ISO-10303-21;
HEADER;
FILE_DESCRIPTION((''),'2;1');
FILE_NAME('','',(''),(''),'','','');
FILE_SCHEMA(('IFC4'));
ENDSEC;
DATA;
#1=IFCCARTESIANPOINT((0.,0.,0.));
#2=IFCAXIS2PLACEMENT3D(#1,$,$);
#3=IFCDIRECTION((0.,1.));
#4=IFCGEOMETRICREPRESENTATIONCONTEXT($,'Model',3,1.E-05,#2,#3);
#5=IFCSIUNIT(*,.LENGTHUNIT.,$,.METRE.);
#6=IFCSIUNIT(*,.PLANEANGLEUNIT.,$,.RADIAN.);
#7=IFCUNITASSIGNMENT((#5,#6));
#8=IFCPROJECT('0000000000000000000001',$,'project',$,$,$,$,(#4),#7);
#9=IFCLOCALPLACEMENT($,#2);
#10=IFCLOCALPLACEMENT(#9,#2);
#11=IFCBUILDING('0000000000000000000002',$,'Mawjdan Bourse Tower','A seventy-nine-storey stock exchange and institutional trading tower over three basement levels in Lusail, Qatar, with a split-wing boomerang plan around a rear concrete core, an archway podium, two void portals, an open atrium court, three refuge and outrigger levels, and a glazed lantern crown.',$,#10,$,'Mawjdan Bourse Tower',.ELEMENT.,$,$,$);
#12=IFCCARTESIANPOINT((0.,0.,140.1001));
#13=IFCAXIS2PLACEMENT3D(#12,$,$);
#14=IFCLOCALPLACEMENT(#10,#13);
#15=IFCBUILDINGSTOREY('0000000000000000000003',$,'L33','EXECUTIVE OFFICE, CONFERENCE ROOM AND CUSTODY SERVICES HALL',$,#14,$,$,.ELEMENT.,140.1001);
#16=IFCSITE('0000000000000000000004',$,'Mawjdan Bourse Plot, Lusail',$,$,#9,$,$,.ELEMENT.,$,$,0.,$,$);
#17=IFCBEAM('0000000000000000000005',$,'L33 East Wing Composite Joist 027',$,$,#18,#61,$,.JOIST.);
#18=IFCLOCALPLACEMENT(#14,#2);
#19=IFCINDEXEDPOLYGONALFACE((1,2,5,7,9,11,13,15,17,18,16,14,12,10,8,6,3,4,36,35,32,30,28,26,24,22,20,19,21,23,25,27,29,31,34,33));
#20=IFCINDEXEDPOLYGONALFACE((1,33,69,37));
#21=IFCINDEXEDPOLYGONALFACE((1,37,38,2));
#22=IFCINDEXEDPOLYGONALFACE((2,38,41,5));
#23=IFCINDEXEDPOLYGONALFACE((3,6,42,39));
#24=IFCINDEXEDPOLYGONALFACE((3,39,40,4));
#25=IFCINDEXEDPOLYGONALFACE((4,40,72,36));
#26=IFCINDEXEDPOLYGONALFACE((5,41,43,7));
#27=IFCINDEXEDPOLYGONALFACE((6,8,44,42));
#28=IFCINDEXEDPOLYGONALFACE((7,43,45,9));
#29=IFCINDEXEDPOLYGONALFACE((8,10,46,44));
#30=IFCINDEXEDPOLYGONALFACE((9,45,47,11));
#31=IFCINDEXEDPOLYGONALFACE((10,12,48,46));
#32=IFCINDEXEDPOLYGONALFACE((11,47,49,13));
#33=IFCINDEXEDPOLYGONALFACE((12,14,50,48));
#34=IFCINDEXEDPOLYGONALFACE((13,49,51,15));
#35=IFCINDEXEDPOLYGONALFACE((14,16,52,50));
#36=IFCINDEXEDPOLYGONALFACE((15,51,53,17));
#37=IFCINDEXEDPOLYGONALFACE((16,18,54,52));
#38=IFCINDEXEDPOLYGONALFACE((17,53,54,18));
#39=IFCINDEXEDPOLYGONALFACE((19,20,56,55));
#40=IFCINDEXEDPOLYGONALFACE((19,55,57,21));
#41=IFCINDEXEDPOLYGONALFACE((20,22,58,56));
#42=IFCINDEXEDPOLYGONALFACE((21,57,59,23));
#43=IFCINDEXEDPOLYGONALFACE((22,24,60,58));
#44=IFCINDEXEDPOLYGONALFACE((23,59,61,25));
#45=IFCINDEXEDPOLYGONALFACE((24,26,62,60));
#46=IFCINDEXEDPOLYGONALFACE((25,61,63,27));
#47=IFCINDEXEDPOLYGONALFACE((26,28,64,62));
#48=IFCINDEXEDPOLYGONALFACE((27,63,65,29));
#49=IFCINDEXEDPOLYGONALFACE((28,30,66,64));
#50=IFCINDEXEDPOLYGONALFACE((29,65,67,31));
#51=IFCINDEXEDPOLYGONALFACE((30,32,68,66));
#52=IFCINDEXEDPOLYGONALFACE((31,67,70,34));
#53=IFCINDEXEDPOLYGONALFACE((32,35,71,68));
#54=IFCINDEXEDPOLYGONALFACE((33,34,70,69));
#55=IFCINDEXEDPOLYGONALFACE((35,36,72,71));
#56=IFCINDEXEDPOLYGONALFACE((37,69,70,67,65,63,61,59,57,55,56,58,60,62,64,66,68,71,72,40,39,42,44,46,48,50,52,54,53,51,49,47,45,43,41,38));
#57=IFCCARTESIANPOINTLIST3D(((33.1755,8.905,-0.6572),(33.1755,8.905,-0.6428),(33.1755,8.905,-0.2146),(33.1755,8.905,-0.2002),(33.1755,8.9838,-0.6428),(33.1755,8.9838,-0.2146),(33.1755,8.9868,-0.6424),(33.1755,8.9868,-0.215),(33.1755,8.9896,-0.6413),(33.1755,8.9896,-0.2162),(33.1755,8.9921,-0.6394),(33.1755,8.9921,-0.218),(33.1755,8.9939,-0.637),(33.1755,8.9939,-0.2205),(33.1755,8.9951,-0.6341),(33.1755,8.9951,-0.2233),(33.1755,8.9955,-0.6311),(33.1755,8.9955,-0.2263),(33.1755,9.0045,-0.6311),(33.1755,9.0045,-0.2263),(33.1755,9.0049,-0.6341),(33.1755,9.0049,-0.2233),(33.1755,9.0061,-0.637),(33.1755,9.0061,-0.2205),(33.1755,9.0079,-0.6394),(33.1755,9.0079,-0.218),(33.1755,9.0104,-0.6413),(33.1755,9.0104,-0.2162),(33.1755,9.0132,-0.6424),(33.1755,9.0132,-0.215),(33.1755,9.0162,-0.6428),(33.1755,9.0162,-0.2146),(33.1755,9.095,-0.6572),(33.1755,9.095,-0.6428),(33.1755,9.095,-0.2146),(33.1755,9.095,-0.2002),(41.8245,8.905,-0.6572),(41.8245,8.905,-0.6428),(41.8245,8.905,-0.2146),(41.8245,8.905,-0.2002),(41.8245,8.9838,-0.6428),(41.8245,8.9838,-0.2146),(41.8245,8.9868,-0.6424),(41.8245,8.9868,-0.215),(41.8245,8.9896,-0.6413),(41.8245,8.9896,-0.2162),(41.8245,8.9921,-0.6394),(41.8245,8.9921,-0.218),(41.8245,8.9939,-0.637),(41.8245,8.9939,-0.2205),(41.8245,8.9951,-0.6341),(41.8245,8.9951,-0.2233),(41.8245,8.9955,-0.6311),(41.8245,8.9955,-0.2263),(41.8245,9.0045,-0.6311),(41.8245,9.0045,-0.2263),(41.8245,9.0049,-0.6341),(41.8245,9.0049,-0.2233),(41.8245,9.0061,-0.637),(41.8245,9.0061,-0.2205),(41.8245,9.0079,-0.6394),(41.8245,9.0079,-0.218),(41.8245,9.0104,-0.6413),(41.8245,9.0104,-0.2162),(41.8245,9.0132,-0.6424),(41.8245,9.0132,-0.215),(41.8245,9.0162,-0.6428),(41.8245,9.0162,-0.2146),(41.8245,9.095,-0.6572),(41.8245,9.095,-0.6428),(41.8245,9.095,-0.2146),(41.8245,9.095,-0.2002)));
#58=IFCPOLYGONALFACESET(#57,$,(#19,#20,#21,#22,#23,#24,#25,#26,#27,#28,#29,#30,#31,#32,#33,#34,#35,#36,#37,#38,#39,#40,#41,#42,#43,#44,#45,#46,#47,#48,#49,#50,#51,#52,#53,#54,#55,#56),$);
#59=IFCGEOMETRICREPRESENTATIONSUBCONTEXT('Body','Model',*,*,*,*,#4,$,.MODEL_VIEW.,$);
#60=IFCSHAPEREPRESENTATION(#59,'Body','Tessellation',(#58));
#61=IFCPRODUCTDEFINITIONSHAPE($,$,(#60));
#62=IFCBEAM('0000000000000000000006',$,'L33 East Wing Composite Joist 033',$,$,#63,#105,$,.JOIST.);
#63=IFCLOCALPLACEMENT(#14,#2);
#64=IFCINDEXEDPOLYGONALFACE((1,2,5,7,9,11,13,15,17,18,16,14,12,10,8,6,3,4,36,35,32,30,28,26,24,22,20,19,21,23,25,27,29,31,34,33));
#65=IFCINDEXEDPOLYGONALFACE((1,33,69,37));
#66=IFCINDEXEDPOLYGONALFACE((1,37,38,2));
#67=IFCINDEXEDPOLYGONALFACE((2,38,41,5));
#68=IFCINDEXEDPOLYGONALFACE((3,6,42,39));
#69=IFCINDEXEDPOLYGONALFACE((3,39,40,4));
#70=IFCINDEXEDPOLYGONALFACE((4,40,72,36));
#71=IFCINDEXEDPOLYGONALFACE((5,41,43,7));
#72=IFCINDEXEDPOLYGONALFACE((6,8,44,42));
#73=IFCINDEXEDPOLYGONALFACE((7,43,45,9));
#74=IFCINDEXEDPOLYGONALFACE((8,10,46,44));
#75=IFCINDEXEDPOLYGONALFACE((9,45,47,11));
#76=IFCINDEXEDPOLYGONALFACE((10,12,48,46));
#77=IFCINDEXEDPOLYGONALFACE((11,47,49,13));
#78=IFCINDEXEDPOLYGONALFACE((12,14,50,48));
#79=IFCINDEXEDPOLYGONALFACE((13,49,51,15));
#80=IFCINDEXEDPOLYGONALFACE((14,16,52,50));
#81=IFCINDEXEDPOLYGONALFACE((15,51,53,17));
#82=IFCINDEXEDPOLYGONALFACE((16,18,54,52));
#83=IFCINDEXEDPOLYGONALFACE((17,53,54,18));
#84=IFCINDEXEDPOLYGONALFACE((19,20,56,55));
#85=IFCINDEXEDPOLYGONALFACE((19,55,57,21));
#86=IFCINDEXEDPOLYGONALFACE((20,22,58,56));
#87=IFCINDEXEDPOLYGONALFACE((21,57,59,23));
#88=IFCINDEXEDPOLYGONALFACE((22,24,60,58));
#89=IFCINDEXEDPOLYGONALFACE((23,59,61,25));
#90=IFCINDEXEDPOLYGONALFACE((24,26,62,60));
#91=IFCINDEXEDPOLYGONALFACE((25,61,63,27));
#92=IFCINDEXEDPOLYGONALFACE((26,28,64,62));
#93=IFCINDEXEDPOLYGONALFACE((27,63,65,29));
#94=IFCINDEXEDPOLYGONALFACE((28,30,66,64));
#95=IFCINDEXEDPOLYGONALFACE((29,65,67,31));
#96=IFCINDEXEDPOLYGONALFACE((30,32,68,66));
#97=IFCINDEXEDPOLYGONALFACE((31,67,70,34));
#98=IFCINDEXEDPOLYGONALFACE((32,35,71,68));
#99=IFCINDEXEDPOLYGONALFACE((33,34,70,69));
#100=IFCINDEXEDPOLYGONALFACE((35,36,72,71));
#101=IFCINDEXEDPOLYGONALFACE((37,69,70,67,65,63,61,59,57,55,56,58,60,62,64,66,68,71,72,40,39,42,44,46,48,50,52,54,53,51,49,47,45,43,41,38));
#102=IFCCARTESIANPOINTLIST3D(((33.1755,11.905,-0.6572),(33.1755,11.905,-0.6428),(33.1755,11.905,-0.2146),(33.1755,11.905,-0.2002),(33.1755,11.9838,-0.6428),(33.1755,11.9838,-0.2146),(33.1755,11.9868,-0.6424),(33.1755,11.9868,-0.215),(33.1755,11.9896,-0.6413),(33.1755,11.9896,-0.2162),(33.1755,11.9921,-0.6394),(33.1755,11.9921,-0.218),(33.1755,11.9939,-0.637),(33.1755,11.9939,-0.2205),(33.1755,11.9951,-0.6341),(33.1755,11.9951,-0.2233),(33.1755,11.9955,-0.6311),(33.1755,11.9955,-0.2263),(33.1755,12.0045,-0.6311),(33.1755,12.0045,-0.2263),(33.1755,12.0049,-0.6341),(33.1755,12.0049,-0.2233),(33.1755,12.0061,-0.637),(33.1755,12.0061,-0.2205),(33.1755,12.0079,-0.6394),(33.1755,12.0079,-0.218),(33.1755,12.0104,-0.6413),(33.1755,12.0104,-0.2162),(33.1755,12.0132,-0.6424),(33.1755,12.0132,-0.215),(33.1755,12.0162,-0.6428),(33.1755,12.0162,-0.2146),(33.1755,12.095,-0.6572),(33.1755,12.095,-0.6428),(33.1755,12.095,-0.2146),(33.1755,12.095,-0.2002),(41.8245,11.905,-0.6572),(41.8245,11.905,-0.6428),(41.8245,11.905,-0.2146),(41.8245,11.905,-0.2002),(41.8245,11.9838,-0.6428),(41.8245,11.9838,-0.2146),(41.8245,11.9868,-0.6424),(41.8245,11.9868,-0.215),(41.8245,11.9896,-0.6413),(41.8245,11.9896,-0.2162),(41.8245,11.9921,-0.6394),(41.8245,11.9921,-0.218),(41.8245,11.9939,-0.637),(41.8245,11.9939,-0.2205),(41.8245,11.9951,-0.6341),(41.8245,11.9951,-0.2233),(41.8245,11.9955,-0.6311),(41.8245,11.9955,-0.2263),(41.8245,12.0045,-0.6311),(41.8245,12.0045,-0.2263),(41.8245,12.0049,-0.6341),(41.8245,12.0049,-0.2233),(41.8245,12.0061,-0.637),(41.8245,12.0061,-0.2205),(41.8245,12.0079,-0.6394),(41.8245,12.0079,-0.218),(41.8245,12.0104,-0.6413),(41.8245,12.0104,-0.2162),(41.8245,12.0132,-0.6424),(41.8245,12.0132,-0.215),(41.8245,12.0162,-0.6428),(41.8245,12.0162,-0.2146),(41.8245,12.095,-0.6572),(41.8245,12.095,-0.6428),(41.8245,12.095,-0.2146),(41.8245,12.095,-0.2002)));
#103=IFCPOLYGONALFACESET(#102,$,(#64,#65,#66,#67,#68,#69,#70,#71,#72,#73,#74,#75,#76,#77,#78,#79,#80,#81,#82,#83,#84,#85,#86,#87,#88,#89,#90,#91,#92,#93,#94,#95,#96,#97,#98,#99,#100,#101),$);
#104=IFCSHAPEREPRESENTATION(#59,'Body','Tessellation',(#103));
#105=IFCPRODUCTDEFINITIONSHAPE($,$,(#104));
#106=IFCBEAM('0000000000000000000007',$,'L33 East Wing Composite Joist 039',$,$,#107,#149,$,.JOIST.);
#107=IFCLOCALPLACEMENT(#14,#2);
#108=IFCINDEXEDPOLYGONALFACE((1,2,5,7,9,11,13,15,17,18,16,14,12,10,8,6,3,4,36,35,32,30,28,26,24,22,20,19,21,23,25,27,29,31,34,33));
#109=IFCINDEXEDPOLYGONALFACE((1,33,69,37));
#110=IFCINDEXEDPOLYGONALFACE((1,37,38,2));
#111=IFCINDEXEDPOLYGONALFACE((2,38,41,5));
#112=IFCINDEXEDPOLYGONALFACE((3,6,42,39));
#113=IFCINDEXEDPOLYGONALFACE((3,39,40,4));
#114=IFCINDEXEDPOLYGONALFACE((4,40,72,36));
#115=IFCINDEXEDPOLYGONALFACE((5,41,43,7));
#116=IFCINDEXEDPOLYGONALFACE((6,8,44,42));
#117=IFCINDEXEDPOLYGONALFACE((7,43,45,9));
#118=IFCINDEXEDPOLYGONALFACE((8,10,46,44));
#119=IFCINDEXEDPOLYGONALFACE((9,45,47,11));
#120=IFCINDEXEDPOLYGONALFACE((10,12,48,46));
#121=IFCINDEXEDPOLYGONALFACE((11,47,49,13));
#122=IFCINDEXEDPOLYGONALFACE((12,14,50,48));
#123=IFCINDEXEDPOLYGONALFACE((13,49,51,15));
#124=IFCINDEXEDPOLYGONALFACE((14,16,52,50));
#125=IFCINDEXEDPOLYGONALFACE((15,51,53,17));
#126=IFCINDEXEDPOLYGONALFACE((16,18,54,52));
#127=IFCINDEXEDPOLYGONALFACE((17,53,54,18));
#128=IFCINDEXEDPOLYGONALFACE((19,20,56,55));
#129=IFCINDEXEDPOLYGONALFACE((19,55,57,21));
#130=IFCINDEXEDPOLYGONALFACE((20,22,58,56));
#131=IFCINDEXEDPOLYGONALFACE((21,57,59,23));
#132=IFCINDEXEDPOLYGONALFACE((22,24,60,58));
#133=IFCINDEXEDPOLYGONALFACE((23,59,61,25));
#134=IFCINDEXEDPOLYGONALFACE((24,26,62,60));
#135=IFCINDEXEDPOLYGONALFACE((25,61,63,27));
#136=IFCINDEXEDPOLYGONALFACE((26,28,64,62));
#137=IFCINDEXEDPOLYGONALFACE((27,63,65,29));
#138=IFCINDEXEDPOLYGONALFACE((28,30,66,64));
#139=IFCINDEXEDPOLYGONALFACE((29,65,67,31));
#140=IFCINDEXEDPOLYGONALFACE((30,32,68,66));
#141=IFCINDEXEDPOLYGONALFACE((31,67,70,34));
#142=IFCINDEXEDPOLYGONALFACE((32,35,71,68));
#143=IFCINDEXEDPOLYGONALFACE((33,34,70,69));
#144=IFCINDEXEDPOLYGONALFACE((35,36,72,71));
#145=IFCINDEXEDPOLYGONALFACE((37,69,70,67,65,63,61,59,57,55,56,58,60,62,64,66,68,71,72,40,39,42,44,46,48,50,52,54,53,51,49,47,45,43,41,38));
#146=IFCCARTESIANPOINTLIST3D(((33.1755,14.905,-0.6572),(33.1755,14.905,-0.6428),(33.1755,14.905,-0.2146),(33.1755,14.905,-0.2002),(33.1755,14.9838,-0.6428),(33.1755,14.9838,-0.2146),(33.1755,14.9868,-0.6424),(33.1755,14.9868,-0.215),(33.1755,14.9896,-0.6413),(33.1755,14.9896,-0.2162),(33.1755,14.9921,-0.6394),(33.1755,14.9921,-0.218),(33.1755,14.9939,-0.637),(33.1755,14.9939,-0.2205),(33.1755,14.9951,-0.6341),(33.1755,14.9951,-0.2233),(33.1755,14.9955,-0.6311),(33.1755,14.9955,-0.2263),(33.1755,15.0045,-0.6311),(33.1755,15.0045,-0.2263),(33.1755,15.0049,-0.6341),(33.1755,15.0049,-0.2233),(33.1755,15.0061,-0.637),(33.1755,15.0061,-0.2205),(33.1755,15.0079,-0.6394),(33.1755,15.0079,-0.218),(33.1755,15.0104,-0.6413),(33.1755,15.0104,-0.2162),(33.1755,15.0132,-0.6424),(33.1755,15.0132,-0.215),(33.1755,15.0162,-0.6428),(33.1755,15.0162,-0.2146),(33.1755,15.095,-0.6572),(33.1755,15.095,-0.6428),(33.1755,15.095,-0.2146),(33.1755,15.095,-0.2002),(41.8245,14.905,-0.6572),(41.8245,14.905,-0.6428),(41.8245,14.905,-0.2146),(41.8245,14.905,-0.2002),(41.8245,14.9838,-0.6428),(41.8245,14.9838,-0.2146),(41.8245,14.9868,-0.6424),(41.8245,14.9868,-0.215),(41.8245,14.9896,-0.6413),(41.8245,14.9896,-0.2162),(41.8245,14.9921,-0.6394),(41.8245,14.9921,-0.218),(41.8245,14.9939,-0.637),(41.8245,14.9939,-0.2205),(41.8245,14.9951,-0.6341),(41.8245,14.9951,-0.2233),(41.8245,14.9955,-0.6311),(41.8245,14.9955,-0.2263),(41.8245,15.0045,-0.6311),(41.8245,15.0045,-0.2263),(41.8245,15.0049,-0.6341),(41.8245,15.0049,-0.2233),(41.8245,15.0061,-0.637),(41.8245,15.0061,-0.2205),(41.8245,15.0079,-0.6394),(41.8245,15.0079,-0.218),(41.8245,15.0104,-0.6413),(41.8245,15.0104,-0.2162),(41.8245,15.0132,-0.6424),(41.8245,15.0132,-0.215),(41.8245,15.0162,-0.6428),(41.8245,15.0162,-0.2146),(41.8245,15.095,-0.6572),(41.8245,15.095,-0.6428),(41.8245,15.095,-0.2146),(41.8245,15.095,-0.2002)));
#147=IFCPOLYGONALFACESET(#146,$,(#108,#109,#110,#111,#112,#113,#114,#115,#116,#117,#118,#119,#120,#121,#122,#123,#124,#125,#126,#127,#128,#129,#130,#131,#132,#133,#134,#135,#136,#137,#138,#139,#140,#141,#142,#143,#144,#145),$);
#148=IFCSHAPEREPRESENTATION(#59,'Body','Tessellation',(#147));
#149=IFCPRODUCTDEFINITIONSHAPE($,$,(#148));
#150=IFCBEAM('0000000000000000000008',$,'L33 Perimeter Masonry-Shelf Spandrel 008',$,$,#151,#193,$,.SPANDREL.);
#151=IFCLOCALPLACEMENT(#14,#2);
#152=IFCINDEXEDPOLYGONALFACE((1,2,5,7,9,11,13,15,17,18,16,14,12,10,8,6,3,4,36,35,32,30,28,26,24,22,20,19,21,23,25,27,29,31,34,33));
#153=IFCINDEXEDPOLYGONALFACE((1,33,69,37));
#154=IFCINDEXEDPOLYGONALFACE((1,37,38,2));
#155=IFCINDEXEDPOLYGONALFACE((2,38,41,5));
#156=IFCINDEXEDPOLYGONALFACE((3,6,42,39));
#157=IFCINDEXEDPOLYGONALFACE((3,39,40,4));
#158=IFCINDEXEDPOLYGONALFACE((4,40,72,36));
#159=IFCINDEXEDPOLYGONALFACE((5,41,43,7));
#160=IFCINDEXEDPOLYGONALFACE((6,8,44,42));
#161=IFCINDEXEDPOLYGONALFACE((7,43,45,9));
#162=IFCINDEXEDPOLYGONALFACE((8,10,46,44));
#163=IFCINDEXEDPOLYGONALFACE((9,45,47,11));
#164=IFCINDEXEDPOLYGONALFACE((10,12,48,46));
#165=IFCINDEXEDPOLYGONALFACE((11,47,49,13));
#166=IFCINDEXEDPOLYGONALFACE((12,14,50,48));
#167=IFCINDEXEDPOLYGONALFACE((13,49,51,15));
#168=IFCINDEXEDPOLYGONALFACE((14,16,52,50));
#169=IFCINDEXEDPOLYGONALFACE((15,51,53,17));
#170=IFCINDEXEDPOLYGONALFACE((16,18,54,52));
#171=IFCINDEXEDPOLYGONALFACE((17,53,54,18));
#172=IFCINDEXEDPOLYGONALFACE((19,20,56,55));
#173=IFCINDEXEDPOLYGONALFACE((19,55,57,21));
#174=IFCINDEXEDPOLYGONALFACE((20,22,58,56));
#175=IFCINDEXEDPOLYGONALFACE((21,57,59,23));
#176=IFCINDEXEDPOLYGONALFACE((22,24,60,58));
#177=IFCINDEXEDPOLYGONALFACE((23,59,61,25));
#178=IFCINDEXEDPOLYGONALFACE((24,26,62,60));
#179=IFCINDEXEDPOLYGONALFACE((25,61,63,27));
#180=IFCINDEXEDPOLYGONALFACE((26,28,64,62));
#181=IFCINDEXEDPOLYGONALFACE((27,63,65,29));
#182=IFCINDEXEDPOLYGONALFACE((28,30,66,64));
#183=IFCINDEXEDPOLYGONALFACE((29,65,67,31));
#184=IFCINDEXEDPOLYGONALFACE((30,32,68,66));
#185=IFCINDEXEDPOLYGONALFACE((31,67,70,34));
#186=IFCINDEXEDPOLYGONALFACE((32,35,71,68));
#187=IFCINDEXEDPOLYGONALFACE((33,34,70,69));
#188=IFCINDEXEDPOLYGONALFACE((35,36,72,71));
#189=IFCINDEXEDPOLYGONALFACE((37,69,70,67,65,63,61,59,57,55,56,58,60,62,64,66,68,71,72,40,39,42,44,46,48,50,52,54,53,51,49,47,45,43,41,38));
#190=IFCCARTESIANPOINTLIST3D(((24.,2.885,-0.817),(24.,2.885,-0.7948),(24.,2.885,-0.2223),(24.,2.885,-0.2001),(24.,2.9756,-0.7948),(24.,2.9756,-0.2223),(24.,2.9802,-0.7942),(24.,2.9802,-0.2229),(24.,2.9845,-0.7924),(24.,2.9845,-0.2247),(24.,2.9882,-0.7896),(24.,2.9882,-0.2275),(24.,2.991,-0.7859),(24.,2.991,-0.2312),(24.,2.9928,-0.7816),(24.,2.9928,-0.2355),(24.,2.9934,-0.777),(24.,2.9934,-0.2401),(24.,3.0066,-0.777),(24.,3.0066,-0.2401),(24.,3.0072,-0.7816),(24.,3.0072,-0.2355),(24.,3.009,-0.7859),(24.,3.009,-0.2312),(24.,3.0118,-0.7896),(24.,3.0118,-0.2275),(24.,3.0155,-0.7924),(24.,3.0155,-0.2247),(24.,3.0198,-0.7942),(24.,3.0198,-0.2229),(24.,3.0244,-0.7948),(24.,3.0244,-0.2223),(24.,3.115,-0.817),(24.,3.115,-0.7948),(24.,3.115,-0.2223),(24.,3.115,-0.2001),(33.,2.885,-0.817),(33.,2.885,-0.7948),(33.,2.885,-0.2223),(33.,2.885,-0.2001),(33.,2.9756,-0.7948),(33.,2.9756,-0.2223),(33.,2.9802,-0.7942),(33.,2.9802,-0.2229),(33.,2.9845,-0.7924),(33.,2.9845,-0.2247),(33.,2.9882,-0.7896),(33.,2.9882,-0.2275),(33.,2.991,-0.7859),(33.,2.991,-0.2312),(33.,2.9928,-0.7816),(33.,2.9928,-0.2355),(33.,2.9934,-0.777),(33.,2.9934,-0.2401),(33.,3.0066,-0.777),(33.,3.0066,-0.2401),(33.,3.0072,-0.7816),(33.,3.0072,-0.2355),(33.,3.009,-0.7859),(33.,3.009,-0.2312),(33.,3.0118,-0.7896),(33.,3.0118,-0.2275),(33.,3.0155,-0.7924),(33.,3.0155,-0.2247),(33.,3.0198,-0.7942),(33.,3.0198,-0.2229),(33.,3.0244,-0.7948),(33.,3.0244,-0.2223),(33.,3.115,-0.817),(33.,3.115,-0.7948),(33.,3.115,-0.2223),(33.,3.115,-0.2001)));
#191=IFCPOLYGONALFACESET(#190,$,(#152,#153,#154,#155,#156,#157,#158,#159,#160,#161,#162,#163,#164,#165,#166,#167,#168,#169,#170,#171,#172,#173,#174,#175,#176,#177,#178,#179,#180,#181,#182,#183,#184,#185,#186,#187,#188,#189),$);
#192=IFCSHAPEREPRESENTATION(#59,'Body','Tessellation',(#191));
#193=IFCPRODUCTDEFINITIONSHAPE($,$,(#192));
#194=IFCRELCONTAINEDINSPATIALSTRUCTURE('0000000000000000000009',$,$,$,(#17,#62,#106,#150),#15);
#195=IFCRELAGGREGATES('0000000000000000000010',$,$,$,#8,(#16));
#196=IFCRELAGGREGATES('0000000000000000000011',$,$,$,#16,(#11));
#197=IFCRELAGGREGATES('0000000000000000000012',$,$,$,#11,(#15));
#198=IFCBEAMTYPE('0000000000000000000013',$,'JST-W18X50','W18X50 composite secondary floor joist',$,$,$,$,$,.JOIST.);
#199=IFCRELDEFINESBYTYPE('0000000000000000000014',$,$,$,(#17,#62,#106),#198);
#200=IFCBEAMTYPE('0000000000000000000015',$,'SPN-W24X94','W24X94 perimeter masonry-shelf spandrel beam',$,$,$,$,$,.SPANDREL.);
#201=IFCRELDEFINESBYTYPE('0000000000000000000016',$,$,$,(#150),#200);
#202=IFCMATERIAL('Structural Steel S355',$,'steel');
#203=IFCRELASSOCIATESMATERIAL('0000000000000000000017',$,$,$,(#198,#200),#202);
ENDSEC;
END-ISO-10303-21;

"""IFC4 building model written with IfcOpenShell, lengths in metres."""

from ifc_helpers import new_model, si_unit, direction, frame, origin, origin_2d, place, context, subcontext, project, spatial, i_section, extrude, material, material_profile, profile_set, type_object, element, save


model = new_model("IFC4")

# Units and contexts
model_context = context("Model", 3, precision=1e-05, world=origin(), true_north=direction((0.0, 1.0)))
body_context = subcontext(model_context, "Body", "Model", "MODEL_VIEW")
ifc_project = project(units=[si_unit("LENGTHUNIT", "METRE"), si_unit("PLANEANGLEUNIT", "RADIAN")], contexts=[model_context])

# Site, building, storey
site_placement = place(None, origin())
site = spatial("IfcSite", under=ifc_project, at=site_placement, Name="Mawjdan Bourse Plot, Lusail", CompositionType="ELEMENT", RefElevation=0.0)
building_placement = place(site_placement, origin())
building = spatial("IfcBuilding", under=site, at=building_placement, Name="Mawjdan Bourse Tower", Description="A seventy-nine-storey stock exchange and institutional trading tower over three basement levels in Lusail, Qatar, with a split-wing boomerang plan around a rear concrete core, an archway podium, two void portals, an open atrium court, three refuge and outrigger levels, and a glazed lantern crown.", LongName="Mawjdan Bourse Tower", CompositionType="ELEMENT")
storey_placement = place(building_placement, frame((0.0, 0.0, 140.1001)))
storey = spatial("IfcBuildingStorey", under=building, at=storey_placement, Name="L33", Description="EXECUTIVE OFFICE, CONFERENCE ROOM AND CUSTODY SERVICES HALL", CompositionType="ELEMENT", Elevation=140.1001)

# Beams
ifc_material_1 = material(Name="Structural Steel S355", Category="steel")
ifc_material_profile_1 = material_profile(ifc_material_1, i_section(OverallWidth=0.1899, OverallDepth=0.457, WebThickness=0.009, FlangeThickness=0.0144, FilletRadius=0.0117, at=origin_2d()), Name="W18X50")
ifc_profile_set_1 = profile_set([ifc_material_profile_1], Name="Structural Steel S355")
beam_type_1 = type_object("IfcBeamType", Name="JST-W18X50", Description="W18X50 composite secondary floor joist", PredefinedType="JOIST", material=ifc_profile_set_1)
for number, where, z_axis, x_axis, name in (
    (1, (33.1755, 9.0, -0.4287), (1.0, 0.0, 0.0), (0.0, 1.0, 0.0), "L33 East Wing Composite Joist 027"),
    (2, (33.1755, 12.0, -0.4287), (1.0, 0.0, 0.0), (0.0, 1.0, 0.0), "L33 East Wing Composite Joist 033"),
    (3, (33.1755, 15.0, -0.4287), (1.0, 0.0, 0.0), (0.0, 1.0, 0.0), "L33 East Wing Composite Joist 039"),
):
    element("IfcBeam", number, at=place(storey_placement, frame(where, z_axis=z_axis, x_axis=x_axis)), inside=storey, type_object=beam_type_1, Name=name, PredefinedType="JOIST", context=body_context, shape_type="SweptSolid", body=[
        extrude(i_section(OverallWidth=0.1899, OverallDepth=0.457, WebThickness=0.009, FlangeThickness=0.0144, FilletRadius=0.0117, at=origin_2d()), origin(), (0.0, 0.0, 1.0), 8.6489),
    ])
ifc_material_profile_2 = material_profile(ifc_material_1, i_section(OverallWidth=0.23, OverallDepth=0.6169, WebThickness=0.0132, FlangeThickness=0.0222, FilletRadius=0.0178, at=origin_2d()), Name="W24X94")
ifc_profile_set_2 = profile_set([ifc_material_profile_2], Name="Structural Steel S355")
beam_type_2 = type_object("IfcBeamType", Name="SPN-W24X94", Description="W24X94 perimeter masonry-shelf spandrel beam", PredefinedType="SPANDREL", material=ifc_profile_set_2)
for number, where, z_axis, x_axis, name in (
    (4, (24.0, 3.0, -0.5085), (1.0, 0.0, 0.0), (0.0, 1.0, 0.0), "L33 Perimeter Masonry-Shelf Spandrel 008"),
):
    element("IfcBeam", number, at=place(storey_placement, frame(where, z_axis=z_axis, x_axis=x_axis)), inside=storey, type_object=beam_type_2, Name=name, PredefinedType="SPANDREL", context=body_context, shape_type="SweptSolid", body=[
        extrude(i_section(OverallWidth=0.23, OverallDepth=0.6169, WebThickness=0.0132, FlangeThickness=0.0222, FilletRadius=0.0178, at=origin_2d()), origin(), (0.0, 0.0, 1.0), 9.0),
    ])

save(model, "model.ifc")
